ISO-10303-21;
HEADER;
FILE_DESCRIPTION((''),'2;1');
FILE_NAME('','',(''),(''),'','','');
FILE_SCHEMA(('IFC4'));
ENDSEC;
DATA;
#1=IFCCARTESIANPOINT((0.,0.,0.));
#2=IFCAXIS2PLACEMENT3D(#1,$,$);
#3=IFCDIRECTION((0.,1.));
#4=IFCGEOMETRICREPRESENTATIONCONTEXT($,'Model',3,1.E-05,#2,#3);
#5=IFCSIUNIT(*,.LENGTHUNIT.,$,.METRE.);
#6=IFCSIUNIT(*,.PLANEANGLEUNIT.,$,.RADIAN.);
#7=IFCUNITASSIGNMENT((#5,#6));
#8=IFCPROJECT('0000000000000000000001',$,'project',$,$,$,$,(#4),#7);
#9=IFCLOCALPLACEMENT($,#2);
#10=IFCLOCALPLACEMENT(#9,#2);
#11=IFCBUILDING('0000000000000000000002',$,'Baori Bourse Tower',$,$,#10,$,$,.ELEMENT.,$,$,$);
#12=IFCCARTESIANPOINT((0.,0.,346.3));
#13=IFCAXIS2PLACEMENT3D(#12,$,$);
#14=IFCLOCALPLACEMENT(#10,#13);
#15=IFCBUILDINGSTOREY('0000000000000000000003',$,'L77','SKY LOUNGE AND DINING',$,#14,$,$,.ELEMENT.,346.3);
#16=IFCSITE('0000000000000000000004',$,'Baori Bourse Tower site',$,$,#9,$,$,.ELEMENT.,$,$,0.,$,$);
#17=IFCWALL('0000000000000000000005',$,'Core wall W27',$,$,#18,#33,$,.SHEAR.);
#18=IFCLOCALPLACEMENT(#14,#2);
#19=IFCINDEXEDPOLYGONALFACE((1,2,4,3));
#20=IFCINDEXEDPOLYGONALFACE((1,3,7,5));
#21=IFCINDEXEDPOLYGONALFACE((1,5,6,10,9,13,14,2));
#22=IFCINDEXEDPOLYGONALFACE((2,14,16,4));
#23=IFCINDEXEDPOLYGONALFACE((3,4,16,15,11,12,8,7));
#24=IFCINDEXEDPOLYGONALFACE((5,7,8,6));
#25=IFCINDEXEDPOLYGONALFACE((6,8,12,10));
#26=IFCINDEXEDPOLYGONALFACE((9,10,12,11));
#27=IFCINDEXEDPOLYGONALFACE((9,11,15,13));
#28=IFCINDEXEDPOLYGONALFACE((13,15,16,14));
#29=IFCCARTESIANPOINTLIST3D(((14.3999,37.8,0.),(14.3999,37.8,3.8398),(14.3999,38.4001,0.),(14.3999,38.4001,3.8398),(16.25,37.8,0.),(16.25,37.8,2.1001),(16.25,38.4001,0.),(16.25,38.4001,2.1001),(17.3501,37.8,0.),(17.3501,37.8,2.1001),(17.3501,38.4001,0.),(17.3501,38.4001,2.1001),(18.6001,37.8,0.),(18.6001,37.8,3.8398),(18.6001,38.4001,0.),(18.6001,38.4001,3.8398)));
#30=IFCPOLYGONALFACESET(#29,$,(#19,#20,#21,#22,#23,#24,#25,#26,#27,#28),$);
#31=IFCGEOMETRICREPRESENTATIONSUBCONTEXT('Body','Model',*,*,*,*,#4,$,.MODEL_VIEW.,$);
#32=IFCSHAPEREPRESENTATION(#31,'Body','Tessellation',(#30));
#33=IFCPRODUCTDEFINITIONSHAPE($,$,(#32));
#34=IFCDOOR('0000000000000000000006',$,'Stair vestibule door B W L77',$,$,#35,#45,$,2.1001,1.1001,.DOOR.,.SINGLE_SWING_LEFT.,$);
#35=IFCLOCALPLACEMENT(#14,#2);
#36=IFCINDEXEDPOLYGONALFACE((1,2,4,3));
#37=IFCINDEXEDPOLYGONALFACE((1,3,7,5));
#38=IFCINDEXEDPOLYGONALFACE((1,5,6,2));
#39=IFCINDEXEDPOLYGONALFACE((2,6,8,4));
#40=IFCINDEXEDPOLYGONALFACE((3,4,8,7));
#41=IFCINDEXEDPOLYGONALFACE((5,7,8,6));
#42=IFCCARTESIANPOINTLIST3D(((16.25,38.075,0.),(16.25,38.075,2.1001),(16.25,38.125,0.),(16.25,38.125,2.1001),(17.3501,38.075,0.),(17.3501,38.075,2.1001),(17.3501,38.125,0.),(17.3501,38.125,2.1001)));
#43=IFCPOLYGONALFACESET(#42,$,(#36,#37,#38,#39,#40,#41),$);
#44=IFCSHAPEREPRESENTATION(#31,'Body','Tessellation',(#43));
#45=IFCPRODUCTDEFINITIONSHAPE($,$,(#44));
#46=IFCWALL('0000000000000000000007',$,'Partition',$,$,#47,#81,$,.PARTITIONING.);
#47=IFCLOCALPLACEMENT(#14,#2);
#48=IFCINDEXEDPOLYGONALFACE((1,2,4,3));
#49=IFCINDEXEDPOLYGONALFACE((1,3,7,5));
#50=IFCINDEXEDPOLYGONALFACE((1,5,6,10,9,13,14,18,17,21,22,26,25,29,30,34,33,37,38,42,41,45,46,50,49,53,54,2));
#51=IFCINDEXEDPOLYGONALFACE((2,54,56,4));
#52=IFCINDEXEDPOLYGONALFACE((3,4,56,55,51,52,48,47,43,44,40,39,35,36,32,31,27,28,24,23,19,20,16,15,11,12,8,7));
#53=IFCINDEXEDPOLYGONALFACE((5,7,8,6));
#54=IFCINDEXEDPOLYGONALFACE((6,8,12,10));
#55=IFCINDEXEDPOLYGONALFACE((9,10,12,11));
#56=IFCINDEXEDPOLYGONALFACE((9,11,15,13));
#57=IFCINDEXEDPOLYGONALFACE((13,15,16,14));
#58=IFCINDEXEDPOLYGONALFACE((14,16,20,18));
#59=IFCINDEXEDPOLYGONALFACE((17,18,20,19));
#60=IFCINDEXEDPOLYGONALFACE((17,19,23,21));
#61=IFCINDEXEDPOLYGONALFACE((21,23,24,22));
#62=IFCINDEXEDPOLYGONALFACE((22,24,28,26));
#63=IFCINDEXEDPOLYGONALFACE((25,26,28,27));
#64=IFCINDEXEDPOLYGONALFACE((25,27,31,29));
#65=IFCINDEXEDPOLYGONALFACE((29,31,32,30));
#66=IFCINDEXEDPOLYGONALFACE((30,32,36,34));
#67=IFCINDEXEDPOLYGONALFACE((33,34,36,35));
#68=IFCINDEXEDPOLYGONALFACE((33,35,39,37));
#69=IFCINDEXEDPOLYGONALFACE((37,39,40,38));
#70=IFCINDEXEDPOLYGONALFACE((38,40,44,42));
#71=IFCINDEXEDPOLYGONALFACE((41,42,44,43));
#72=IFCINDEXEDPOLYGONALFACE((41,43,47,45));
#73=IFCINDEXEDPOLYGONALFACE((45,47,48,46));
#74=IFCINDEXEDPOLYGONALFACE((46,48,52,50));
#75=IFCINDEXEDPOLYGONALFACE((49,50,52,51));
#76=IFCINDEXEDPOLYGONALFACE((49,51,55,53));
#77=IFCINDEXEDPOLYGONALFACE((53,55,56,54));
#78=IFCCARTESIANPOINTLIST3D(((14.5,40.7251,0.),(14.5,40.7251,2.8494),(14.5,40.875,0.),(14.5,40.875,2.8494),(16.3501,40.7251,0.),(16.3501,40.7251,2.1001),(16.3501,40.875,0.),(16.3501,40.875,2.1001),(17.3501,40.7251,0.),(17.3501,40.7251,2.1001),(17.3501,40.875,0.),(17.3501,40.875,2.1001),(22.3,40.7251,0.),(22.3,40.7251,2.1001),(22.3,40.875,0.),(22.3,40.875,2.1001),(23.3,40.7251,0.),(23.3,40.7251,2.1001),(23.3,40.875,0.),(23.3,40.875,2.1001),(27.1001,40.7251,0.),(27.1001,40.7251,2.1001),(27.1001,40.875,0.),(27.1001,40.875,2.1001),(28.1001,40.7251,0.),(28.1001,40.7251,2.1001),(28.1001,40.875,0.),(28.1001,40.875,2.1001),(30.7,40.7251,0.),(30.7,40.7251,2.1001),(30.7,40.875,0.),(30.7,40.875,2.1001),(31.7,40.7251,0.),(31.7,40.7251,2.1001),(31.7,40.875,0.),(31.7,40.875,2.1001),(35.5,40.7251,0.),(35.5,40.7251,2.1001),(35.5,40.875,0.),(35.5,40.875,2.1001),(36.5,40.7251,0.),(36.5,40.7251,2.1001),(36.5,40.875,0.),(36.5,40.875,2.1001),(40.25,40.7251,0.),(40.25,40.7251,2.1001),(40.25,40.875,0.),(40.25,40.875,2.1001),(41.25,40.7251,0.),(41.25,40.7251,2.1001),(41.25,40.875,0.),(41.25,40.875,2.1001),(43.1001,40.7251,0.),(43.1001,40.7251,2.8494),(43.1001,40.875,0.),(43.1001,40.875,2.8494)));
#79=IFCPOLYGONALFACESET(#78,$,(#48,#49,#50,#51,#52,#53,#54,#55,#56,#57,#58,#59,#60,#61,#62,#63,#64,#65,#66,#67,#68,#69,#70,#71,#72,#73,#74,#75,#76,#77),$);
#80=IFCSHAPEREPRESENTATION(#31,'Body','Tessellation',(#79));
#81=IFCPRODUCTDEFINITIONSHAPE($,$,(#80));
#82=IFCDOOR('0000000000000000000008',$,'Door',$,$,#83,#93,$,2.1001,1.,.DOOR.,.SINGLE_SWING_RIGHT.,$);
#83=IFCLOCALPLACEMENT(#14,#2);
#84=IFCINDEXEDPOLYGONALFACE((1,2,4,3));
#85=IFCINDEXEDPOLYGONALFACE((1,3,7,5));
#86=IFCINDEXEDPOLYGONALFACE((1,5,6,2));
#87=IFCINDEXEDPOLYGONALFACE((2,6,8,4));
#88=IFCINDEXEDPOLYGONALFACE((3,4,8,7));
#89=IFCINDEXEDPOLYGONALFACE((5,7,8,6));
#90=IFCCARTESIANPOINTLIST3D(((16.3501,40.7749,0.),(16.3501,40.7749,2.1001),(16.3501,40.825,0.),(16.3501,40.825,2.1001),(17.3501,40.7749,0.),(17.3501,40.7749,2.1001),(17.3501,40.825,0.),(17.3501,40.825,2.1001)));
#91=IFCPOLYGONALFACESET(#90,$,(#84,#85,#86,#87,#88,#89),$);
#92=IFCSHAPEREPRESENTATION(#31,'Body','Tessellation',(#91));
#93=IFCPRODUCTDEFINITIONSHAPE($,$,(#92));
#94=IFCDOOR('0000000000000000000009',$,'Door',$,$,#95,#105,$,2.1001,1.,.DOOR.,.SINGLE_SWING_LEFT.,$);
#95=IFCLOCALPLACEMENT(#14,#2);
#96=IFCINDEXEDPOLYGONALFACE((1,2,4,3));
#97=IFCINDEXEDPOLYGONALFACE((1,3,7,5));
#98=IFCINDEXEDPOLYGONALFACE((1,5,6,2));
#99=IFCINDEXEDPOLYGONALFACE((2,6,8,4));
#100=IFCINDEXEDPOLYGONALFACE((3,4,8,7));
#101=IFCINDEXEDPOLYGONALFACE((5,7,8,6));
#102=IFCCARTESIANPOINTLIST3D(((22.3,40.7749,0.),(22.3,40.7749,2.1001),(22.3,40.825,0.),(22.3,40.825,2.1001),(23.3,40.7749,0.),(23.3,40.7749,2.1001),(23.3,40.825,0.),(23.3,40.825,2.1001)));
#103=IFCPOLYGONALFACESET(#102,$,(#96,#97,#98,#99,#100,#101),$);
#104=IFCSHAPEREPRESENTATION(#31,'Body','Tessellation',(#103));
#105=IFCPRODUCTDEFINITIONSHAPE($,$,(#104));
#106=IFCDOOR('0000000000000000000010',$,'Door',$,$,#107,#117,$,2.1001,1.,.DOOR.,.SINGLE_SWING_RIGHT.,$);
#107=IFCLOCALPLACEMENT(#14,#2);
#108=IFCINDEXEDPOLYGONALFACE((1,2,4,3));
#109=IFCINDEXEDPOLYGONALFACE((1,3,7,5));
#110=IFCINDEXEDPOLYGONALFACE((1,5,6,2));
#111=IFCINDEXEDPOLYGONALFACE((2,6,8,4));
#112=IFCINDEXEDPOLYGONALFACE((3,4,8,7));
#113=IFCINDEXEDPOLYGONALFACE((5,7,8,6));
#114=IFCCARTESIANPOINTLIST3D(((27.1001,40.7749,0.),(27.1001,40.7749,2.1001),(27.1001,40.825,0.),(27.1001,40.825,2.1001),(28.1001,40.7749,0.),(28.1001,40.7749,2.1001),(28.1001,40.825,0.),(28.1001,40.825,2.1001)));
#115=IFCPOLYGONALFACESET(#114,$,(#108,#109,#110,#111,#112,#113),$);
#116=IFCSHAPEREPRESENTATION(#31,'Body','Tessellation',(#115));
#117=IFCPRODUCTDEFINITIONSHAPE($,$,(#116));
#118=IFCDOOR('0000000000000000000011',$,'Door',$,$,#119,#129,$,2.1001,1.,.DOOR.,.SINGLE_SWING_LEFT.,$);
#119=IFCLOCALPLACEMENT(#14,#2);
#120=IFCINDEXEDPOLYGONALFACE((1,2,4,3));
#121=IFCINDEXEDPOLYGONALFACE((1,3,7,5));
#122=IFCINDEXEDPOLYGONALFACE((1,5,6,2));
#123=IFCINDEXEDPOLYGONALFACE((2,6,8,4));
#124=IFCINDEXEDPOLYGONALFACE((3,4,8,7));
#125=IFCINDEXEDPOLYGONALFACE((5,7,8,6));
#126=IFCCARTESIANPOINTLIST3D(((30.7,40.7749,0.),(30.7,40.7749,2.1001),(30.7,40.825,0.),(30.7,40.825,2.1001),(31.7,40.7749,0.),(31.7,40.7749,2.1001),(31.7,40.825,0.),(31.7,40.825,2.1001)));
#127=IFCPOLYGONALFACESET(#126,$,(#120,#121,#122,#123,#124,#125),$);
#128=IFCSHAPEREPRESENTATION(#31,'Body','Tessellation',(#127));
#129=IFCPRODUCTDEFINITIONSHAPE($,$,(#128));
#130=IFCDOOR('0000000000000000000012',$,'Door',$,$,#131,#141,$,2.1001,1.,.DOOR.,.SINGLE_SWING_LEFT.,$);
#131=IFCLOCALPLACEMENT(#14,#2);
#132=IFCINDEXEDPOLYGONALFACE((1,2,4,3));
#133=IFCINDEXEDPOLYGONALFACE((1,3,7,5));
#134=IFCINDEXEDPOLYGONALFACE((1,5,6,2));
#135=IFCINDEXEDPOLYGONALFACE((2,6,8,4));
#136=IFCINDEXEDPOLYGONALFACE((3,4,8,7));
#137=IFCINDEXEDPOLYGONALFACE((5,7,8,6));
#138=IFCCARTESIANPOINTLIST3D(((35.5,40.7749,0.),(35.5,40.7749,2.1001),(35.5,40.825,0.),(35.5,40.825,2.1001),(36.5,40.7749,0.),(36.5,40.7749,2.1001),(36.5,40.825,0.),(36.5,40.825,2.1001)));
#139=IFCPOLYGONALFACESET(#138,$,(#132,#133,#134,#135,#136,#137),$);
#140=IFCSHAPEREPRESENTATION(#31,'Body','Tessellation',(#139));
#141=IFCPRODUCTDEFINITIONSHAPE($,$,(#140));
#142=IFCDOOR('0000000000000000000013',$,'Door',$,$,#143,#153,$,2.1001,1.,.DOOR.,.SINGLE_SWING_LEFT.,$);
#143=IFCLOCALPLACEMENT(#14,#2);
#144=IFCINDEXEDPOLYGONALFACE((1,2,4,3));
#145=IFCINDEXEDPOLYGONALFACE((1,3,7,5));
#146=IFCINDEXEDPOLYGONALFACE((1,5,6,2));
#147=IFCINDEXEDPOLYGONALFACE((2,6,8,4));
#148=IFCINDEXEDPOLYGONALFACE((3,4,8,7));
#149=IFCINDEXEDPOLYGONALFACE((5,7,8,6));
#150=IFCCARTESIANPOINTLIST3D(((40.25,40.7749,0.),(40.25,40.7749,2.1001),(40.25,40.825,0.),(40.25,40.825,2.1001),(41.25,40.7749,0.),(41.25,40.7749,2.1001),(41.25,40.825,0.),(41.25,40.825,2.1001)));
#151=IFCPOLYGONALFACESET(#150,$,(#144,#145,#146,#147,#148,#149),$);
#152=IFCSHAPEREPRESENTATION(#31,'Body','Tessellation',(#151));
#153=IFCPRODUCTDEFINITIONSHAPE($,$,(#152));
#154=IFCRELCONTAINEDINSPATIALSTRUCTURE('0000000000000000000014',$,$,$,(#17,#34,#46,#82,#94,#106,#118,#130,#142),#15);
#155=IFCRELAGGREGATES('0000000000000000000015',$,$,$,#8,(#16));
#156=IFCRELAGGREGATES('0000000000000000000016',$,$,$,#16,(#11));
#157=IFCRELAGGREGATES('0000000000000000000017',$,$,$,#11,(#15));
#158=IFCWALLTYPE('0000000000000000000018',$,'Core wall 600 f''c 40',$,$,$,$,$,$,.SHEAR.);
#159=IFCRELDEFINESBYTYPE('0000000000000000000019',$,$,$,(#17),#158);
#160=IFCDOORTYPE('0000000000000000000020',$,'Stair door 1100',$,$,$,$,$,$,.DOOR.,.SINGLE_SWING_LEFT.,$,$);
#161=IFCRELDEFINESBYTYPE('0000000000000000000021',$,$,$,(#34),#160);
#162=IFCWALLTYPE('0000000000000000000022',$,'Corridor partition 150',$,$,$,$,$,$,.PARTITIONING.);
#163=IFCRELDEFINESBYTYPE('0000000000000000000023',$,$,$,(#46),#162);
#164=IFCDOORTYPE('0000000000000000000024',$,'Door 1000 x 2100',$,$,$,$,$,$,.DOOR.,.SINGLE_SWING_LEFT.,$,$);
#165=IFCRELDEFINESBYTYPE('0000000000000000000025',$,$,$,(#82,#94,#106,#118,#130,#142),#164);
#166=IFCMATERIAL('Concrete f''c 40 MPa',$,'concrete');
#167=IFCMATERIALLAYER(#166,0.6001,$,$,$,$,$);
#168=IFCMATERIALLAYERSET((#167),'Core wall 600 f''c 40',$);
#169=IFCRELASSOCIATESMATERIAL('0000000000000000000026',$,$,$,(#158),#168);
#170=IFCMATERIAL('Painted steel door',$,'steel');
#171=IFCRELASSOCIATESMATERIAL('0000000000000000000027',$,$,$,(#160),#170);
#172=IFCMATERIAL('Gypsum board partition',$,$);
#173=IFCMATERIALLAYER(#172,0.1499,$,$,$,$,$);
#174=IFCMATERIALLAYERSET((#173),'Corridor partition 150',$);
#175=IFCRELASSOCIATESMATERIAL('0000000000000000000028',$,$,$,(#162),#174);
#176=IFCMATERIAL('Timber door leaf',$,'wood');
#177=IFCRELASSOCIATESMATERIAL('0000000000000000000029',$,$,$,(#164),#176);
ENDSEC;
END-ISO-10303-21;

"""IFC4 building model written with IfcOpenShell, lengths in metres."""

from ifc_helpers import new_model, si_unit, direction, frame, frame_2d, origin, place, context, subcontext, project, spatial, rectangle, extrude, material, layer, layer_set, type_object, element, fill, save


model = new_model("IFC4")

# Units and contexts
model_context = context("Model", 3, precision=1e-05, world=origin(), true_north=direction((0.0, 1.0)))
body_context = subcontext(model_context, "Body", "Model", "MODEL_VIEW")
ifc_project = project(units=[si_unit("LENGTHUNIT", "METRE"), si_unit("PLANEANGLEUNIT", "RADIAN")], contexts=[model_context])

# Site, building, storey
site_placement = place(None, origin())
site = spatial("IfcSite", under=ifc_project, at=site_placement, Name="Baori Bourse Tower site", CompositionType="ELEMENT", RefElevation=0.0)
building_placement = place(site_placement, origin())
building = spatial("IfcBuilding", under=site, at=building_placement, Name="Baori Bourse Tower", CompositionType="ELEMENT")
storey_placement = place(building_placement, frame((0.0, 0.0, 346.3)))
storey = spatial("IfcBuildingStorey", under=building, at=storey_placement, Name="L77", Description="SKY LOUNGE AND DINING", CompositionType="ELEMENT", Elevation=346.3)

# Shared definitions
ifc_material_1 = material(Name="Concrete f'c 40 MPa", Category="concrete")
ifc_layer_1 = layer(ifc_material_1, 0.6001)
ifc_layer_set_1 = layer_set([ifc_layer_1], Name="Core wall 600 f'c 40")
wall_type_1 = type_object("IfcWallType", Name="Core wall 600 f'c 40", PredefinedType="SHEAR", material=ifc_layer_set_1)

# Wall, opening, door
wall_1_placement = place(storey_placement, frame((14.3999, 38.1001, 0.0), z_axis=(0.0, 0.0, 1.0), x_axis=(1.0, 0.0, 0.0)))
wall_1 = element("IfcWall", 1, at=wall_1_placement, inside=storey, type_object=wall_type_1, Name="Core wall W27", PredefinedType="SHEAR", context=body_context, shape_type="SweptSolid", body=[
    extrude(rectangle(XDim=4.2002, YDim=0.6001, at=frame_2d((2.1001, 0.0))), origin(), (0.0, 0.0, 1.0), 3.8398),
])
opening_1_placement = place(wall_1_placement, frame((1.8501, 0.0, 0.0)))
opening_1 = element("IfcOpeningElement", 2, at=opening_1_placement, cuts=wall_1, PredefinedType="OPENING", context=body_context, shape_type="SweptSolid", body=[
    extrude(rectangle(XDim=1.1001, YDim=2.1001, at=frame_2d((0.55, 1.05))), frame((0.0, 0.3101, 0.0), z_axis=(0.0, -1.0, 0.0), x_axis=(1.0, 0.0, 0.0)), (0.0, 0.0, 1.0), 0.6201),
])
ifc_material_2 = material(Name="Painted steel door", Category="steel")
door_type_1 = type_object("IfcDoorType", Name="Stair door 1100", OperationType="SINGLE_SWING_LEFT", PredefinedType="DOOR", material=ifc_material_2)
door_1_placement = place(opening_1_placement, origin())
door_1 = element("IfcDoor", 3, at=door_1_placement, inside=storey, type_object=door_type_1, Name="Stair vestibule door B W L77", OperationType="SINGLE_SWING_LEFT", OverallHeight=2.1001, OverallWidth=1.1001, PredefinedType="DOOR", context=body_context, shape_type="SweptSolid", body=[
    extrude(rectangle(XDim=1.1001, YDim=2.1001, at=frame_2d((0.55, 1.05))), frame((0.0, 0.0249, 0.0), z_axis=(0.0, -1.0, 0.0), x_axis=(1.0, 0.0, 0.0)), (0.0, 0.0, 1.0), 0.05),
])
fill(opening_1, door_1)

# Wall, openings, doors
ifc_material_3 = material(Name="Gypsum board partition")
ifc_layer_2 = layer(ifc_material_3, 0.1499)
ifc_layer_set_2 = layer_set([ifc_layer_2], Name="Corridor partition 150")
wall_type_2 = type_object("IfcWallType", Name="Corridor partition 150", PredefinedType="PARTITIONING", material=ifc_layer_set_2)
wall_2_placement = place(storey_placement, frame((14.5, 40.8, 0.0), z_axis=(0.0, 0.0, 1.0), x_axis=(1.0, 0.0, 0.0)))
wall_2 = element("IfcWall", 4, at=wall_2_placement, inside=storey, type_object=wall_type_2, Name="Partition", PredefinedType="PARTITIONING", context=body_context, shape_type="SweptSolid", body=[
    extrude(rectangle(XDim=28.6001, YDim=0.1499, at=frame_2d((14.3, 0.0))), origin(), (0.0, 0.0, 1.0), 2.8494),
])
opening_2_placement = place(wall_2_placement, frame((1.8501, 0.0, 0.0)))
opening_2 = element("IfcOpeningElement", 5, at=opening_2_placement, cuts=wall_2, PredefinedType="OPENING", context=body_context, shape_type="SweptSolid", body=[
    extrude(rectangle(XDim=1.0, YDim=2.1001, at=frame_2d((0.5, 1.05))), frame((0.0, 0.085, 0.0), z_axis=(0.0, -1.0, 0.0), x_axis=(1.0, 0.0, 0.0)), (0.0, 0.0, 1.0), 0.1699),
])
opening_3_placement = place(wall_2_placement, frame((7.8, 0.0, 0.0)))
opening_3 = element("IfcOpeningElement", 6, at=opening_3_placement, cuts=wall_2, PredefinedType="OPENING", context=body_context, shape_type="SweptSolid", body=[
    extrude(rectangle(XDim=1.0, YDim=2.1001, at=frame_2d((0.5, 1.05))), frame((0.0, 0.085, 0.0), z_axis=(0.0, -1.0, 0.0), x_axis=(1.0, 0.0, 0.0)), (0.0, 0.0, 1.0), 0.1699),
])
opening_4_placement = place(wall_2_placement, frame((12.6001, 0.0, 0.0)))
opening_4 = element("IfcOpeningElement", 7, at=opening_4_placement, cuts=wall_2, PredefinedType="OPENING", context=body_context, shape_type="SweptSolid", body=[
    extrude(rectangle(XDim=1.0, YDim=2.1001, at=frame_2d((0.5, 1.05))), frame((0.0, 0.085, 0.0), z_axis=(0.0, -1.0, 0.0), x_axis=(1.0, 0.0, 0.0)), (0.0, 0.0, 1.0), 0.1699),
])
opening_5_placement = place(wall_2_placement, frame((16.2, 0.0, 0.0)))
opening_5 = element("IfcOpeningElement", 8, at=opening_5_placement, cuts=wall_2, PredefinedType="OPENING", context=body_context, shape_type="SweptSolid", body=[
    extrude(rectangle(XDim=1.0, YDim=2.1001, at=frame_2d((0.5, 1.05))), frame((0.0, 0.085, 0.0), z_axis=(0.0, -1.0, 0.0), x_axis=(1.0, 0.0, 0.0)), (0.0, 0.0, 1.0), 0.1699),
])
opening_6_placement = place(wall_2_placement, frame((21.0, 0.0, 0.0)))
opening_6 = element("IfcOpeningElement", 9, at=opening_6_placement, cuts=wall_2, PredefinedType="OPENING", context=body_context, shape_type="SweptSolid", body=[
    extrude(rectangle(XDim=1.0, YDim=2.1001, at=frame_2d((0.5, 1.05))), frame((0.0, 0.085, 0.0), z_axis=(0.0, -1.0, 0.0), x_axis=(1.0, 0.0, 0.0)), (0.0, 0.0, 1.0), 0.1699),
])
opening_7_placement = place(wall_2_placement, frame((25.75, 0.0, 0.0)))
opening_7 = element("IfcOpeningElement", 10, at=opening_7_placement, cuts=wall_2, PredefinedType="OPENING", context=body_context, shape_type="SweptSolid", body=[
    extrude(rectangle(XDim=1.0, YDim=2.1001, at=frame_2d((0.5, 1.05))), frame((0.0, 0.085, 0.0), z_axis=(0.0, -1.0, 0.0), x_axis=(1.0, 0.0, 0.0)), (0.0, 0.0, 1.0), 0.1699),
])
ifc_material_4 = material(Name="Timber door leaf", Category="wood")
door_type_2 = type_object("IfcDoorType", Name="Door 1000 x 2100", OperationType="SINGLE_SWING_LEFT", PredefinedType="DOOR", material=ifc_material_4)
door_2_placement = place(opening_2_placement, origin())
door_2 = element("IfcDoor", 11, at=door_2_placement, inside=storey, type_object=door_type_2, Name="Door", OperationType="SINGLE_SWING_RIGHT", OverallHeight=2.1001, OverallWidth=1.0, PredefinedType="DOOR", context=body_context, shape_type="SweptSolid", body=[
    extrude(rectangle(XDim=1.0, YDim=2.1001, at=frame_2d((0.5, 1.05))), frame((0.0, 0.0249, 0.0), z_axis=(0.0, -1.0, 0.0), x_axis=(1.0, 0.0, 0.0)), (0.0, 0.0, 1.0), 0.05),
])
fill(opening_2, door_2)
door_3_placement = place(opening_3_placement, origin())
door_3 = element("IfcDoor", 12, at=door_3_placement, inside=storey, type_object=door_type_2, Name="Door", OperationType="SINGLE_SWING_LEFT", OverallHeight=2.1001, OverallWidth=1.0, PredefinedType="DOOR", context=body_context, shape_type="SweptSolid", body=[
    extrude(rectangle(XDim=1.0, YDim=2.1001, at=frame_2d((0.5, 1.05))), frame((0.0, 0.0249, 0.0), z_axis=(0.0, -1.0, 0.0), x_axis=(1.0, 0.0, 0.0)), (0.0, 0.0, 1.0), 0.05),
])
fill(opening_3, door_3)
door_4_placement = place(opening_4_placement, origin())
door_4 = element("IfcDoor", 13, at=door_4_placement, inside=storey, type_object=door_type_2, Name="Door", OperationType="SINGLE_SWING_RIGHT", OverallHeight=2.1001, OverallWidth=1.0, PredefinedType="DOOR", context=body_context, shape_type="SweptSolid", body=[
    extrude(rectangle(XDim=1.0, YDim=2.1001, at=frame_2d((0.5, 1.05))), frame((0.0, 0.0249, 0.0), z_axis=(0.0, -1.0, 0.0), x_axis=(1.0, 0.0, 0.0)), (0.0, 0.0, 1.0), 0.05),
])
fill(opening_4, door_4)
door_5_placement = place(opening_5_placement, origin())
door_5 = element("IfcDoor", 14, at=door_5_placement, inside=storey, type_object=door_type_2, Name="Door", OperationType="SINGLE_SWING_LEFT", OverallHeight=2.1001, OverallWidth=1.0, PredefinedType="DOOR", context=body_context, shape_type="SweptSolid", body=[
    extrude(rectangle(XDim=1.0, YDim=2.1001, at=frame_2d((0.5, 1.05))), frame((0.0, 0.0249, 0.0), z_axis=(0.0, -1.0, 0.0), x_axis=(1.0, 0.0, 0.0)), (0.0, 0.0, 1.0), 0.05),
])
fill(opening_5, door_5)
door_6_placement = place(opening_6_placement, origin())
door_6 = element("IfcDoor", 15, at=door_6_placement, inside=storey, type_object=door_type_2, Name="Door", OperationType="SINGLE_SWING_LEFT", OverallHeight=2.1001, OverallWidth=1.0, PredefinedType="DOOR", context=body_context, shape_type="SweptSolid", body=[
    extrude(rectangle(XDim=1.0, YDim=2.1001, at=frame_2d((0.5, 1.05))), frame((0.0, 0.0249, 0.0), z_axis=(0.0, -1.0, 0.0), x_axis=(1.0, 0.0, 0.0)), (0.0, 0.0, 1.0), 0.05),
])
fill(opening_6, door_6)
door_7_placement = place(opening_7_placement, origin())
door_7 = element("IfcDoor", 16, at=door_7_placement, inside=storey, type_object=door_type_2, Name="Door", OperationType="SINGLE_SWING_LEFT", OverallHeight=2.1001, OverallWidth=1.0, PredefinedType="DOOR", context=body_context, shape_type="SweptSolid", body=[
    extrude(rectangle(XDim=1.0, YDim=2.1001, at=frame_2d((0.5, 1.05))), frame((0.0, 0.0249, 0.0), z_axis=(0.0, -1.0, 0.0), x_axis=(1.0, 0.0, 0.0)), (0.0, 0.0, 1.0), 0.05),
])
fill(opening_7, door_7)

save(model, "model.ifc")
